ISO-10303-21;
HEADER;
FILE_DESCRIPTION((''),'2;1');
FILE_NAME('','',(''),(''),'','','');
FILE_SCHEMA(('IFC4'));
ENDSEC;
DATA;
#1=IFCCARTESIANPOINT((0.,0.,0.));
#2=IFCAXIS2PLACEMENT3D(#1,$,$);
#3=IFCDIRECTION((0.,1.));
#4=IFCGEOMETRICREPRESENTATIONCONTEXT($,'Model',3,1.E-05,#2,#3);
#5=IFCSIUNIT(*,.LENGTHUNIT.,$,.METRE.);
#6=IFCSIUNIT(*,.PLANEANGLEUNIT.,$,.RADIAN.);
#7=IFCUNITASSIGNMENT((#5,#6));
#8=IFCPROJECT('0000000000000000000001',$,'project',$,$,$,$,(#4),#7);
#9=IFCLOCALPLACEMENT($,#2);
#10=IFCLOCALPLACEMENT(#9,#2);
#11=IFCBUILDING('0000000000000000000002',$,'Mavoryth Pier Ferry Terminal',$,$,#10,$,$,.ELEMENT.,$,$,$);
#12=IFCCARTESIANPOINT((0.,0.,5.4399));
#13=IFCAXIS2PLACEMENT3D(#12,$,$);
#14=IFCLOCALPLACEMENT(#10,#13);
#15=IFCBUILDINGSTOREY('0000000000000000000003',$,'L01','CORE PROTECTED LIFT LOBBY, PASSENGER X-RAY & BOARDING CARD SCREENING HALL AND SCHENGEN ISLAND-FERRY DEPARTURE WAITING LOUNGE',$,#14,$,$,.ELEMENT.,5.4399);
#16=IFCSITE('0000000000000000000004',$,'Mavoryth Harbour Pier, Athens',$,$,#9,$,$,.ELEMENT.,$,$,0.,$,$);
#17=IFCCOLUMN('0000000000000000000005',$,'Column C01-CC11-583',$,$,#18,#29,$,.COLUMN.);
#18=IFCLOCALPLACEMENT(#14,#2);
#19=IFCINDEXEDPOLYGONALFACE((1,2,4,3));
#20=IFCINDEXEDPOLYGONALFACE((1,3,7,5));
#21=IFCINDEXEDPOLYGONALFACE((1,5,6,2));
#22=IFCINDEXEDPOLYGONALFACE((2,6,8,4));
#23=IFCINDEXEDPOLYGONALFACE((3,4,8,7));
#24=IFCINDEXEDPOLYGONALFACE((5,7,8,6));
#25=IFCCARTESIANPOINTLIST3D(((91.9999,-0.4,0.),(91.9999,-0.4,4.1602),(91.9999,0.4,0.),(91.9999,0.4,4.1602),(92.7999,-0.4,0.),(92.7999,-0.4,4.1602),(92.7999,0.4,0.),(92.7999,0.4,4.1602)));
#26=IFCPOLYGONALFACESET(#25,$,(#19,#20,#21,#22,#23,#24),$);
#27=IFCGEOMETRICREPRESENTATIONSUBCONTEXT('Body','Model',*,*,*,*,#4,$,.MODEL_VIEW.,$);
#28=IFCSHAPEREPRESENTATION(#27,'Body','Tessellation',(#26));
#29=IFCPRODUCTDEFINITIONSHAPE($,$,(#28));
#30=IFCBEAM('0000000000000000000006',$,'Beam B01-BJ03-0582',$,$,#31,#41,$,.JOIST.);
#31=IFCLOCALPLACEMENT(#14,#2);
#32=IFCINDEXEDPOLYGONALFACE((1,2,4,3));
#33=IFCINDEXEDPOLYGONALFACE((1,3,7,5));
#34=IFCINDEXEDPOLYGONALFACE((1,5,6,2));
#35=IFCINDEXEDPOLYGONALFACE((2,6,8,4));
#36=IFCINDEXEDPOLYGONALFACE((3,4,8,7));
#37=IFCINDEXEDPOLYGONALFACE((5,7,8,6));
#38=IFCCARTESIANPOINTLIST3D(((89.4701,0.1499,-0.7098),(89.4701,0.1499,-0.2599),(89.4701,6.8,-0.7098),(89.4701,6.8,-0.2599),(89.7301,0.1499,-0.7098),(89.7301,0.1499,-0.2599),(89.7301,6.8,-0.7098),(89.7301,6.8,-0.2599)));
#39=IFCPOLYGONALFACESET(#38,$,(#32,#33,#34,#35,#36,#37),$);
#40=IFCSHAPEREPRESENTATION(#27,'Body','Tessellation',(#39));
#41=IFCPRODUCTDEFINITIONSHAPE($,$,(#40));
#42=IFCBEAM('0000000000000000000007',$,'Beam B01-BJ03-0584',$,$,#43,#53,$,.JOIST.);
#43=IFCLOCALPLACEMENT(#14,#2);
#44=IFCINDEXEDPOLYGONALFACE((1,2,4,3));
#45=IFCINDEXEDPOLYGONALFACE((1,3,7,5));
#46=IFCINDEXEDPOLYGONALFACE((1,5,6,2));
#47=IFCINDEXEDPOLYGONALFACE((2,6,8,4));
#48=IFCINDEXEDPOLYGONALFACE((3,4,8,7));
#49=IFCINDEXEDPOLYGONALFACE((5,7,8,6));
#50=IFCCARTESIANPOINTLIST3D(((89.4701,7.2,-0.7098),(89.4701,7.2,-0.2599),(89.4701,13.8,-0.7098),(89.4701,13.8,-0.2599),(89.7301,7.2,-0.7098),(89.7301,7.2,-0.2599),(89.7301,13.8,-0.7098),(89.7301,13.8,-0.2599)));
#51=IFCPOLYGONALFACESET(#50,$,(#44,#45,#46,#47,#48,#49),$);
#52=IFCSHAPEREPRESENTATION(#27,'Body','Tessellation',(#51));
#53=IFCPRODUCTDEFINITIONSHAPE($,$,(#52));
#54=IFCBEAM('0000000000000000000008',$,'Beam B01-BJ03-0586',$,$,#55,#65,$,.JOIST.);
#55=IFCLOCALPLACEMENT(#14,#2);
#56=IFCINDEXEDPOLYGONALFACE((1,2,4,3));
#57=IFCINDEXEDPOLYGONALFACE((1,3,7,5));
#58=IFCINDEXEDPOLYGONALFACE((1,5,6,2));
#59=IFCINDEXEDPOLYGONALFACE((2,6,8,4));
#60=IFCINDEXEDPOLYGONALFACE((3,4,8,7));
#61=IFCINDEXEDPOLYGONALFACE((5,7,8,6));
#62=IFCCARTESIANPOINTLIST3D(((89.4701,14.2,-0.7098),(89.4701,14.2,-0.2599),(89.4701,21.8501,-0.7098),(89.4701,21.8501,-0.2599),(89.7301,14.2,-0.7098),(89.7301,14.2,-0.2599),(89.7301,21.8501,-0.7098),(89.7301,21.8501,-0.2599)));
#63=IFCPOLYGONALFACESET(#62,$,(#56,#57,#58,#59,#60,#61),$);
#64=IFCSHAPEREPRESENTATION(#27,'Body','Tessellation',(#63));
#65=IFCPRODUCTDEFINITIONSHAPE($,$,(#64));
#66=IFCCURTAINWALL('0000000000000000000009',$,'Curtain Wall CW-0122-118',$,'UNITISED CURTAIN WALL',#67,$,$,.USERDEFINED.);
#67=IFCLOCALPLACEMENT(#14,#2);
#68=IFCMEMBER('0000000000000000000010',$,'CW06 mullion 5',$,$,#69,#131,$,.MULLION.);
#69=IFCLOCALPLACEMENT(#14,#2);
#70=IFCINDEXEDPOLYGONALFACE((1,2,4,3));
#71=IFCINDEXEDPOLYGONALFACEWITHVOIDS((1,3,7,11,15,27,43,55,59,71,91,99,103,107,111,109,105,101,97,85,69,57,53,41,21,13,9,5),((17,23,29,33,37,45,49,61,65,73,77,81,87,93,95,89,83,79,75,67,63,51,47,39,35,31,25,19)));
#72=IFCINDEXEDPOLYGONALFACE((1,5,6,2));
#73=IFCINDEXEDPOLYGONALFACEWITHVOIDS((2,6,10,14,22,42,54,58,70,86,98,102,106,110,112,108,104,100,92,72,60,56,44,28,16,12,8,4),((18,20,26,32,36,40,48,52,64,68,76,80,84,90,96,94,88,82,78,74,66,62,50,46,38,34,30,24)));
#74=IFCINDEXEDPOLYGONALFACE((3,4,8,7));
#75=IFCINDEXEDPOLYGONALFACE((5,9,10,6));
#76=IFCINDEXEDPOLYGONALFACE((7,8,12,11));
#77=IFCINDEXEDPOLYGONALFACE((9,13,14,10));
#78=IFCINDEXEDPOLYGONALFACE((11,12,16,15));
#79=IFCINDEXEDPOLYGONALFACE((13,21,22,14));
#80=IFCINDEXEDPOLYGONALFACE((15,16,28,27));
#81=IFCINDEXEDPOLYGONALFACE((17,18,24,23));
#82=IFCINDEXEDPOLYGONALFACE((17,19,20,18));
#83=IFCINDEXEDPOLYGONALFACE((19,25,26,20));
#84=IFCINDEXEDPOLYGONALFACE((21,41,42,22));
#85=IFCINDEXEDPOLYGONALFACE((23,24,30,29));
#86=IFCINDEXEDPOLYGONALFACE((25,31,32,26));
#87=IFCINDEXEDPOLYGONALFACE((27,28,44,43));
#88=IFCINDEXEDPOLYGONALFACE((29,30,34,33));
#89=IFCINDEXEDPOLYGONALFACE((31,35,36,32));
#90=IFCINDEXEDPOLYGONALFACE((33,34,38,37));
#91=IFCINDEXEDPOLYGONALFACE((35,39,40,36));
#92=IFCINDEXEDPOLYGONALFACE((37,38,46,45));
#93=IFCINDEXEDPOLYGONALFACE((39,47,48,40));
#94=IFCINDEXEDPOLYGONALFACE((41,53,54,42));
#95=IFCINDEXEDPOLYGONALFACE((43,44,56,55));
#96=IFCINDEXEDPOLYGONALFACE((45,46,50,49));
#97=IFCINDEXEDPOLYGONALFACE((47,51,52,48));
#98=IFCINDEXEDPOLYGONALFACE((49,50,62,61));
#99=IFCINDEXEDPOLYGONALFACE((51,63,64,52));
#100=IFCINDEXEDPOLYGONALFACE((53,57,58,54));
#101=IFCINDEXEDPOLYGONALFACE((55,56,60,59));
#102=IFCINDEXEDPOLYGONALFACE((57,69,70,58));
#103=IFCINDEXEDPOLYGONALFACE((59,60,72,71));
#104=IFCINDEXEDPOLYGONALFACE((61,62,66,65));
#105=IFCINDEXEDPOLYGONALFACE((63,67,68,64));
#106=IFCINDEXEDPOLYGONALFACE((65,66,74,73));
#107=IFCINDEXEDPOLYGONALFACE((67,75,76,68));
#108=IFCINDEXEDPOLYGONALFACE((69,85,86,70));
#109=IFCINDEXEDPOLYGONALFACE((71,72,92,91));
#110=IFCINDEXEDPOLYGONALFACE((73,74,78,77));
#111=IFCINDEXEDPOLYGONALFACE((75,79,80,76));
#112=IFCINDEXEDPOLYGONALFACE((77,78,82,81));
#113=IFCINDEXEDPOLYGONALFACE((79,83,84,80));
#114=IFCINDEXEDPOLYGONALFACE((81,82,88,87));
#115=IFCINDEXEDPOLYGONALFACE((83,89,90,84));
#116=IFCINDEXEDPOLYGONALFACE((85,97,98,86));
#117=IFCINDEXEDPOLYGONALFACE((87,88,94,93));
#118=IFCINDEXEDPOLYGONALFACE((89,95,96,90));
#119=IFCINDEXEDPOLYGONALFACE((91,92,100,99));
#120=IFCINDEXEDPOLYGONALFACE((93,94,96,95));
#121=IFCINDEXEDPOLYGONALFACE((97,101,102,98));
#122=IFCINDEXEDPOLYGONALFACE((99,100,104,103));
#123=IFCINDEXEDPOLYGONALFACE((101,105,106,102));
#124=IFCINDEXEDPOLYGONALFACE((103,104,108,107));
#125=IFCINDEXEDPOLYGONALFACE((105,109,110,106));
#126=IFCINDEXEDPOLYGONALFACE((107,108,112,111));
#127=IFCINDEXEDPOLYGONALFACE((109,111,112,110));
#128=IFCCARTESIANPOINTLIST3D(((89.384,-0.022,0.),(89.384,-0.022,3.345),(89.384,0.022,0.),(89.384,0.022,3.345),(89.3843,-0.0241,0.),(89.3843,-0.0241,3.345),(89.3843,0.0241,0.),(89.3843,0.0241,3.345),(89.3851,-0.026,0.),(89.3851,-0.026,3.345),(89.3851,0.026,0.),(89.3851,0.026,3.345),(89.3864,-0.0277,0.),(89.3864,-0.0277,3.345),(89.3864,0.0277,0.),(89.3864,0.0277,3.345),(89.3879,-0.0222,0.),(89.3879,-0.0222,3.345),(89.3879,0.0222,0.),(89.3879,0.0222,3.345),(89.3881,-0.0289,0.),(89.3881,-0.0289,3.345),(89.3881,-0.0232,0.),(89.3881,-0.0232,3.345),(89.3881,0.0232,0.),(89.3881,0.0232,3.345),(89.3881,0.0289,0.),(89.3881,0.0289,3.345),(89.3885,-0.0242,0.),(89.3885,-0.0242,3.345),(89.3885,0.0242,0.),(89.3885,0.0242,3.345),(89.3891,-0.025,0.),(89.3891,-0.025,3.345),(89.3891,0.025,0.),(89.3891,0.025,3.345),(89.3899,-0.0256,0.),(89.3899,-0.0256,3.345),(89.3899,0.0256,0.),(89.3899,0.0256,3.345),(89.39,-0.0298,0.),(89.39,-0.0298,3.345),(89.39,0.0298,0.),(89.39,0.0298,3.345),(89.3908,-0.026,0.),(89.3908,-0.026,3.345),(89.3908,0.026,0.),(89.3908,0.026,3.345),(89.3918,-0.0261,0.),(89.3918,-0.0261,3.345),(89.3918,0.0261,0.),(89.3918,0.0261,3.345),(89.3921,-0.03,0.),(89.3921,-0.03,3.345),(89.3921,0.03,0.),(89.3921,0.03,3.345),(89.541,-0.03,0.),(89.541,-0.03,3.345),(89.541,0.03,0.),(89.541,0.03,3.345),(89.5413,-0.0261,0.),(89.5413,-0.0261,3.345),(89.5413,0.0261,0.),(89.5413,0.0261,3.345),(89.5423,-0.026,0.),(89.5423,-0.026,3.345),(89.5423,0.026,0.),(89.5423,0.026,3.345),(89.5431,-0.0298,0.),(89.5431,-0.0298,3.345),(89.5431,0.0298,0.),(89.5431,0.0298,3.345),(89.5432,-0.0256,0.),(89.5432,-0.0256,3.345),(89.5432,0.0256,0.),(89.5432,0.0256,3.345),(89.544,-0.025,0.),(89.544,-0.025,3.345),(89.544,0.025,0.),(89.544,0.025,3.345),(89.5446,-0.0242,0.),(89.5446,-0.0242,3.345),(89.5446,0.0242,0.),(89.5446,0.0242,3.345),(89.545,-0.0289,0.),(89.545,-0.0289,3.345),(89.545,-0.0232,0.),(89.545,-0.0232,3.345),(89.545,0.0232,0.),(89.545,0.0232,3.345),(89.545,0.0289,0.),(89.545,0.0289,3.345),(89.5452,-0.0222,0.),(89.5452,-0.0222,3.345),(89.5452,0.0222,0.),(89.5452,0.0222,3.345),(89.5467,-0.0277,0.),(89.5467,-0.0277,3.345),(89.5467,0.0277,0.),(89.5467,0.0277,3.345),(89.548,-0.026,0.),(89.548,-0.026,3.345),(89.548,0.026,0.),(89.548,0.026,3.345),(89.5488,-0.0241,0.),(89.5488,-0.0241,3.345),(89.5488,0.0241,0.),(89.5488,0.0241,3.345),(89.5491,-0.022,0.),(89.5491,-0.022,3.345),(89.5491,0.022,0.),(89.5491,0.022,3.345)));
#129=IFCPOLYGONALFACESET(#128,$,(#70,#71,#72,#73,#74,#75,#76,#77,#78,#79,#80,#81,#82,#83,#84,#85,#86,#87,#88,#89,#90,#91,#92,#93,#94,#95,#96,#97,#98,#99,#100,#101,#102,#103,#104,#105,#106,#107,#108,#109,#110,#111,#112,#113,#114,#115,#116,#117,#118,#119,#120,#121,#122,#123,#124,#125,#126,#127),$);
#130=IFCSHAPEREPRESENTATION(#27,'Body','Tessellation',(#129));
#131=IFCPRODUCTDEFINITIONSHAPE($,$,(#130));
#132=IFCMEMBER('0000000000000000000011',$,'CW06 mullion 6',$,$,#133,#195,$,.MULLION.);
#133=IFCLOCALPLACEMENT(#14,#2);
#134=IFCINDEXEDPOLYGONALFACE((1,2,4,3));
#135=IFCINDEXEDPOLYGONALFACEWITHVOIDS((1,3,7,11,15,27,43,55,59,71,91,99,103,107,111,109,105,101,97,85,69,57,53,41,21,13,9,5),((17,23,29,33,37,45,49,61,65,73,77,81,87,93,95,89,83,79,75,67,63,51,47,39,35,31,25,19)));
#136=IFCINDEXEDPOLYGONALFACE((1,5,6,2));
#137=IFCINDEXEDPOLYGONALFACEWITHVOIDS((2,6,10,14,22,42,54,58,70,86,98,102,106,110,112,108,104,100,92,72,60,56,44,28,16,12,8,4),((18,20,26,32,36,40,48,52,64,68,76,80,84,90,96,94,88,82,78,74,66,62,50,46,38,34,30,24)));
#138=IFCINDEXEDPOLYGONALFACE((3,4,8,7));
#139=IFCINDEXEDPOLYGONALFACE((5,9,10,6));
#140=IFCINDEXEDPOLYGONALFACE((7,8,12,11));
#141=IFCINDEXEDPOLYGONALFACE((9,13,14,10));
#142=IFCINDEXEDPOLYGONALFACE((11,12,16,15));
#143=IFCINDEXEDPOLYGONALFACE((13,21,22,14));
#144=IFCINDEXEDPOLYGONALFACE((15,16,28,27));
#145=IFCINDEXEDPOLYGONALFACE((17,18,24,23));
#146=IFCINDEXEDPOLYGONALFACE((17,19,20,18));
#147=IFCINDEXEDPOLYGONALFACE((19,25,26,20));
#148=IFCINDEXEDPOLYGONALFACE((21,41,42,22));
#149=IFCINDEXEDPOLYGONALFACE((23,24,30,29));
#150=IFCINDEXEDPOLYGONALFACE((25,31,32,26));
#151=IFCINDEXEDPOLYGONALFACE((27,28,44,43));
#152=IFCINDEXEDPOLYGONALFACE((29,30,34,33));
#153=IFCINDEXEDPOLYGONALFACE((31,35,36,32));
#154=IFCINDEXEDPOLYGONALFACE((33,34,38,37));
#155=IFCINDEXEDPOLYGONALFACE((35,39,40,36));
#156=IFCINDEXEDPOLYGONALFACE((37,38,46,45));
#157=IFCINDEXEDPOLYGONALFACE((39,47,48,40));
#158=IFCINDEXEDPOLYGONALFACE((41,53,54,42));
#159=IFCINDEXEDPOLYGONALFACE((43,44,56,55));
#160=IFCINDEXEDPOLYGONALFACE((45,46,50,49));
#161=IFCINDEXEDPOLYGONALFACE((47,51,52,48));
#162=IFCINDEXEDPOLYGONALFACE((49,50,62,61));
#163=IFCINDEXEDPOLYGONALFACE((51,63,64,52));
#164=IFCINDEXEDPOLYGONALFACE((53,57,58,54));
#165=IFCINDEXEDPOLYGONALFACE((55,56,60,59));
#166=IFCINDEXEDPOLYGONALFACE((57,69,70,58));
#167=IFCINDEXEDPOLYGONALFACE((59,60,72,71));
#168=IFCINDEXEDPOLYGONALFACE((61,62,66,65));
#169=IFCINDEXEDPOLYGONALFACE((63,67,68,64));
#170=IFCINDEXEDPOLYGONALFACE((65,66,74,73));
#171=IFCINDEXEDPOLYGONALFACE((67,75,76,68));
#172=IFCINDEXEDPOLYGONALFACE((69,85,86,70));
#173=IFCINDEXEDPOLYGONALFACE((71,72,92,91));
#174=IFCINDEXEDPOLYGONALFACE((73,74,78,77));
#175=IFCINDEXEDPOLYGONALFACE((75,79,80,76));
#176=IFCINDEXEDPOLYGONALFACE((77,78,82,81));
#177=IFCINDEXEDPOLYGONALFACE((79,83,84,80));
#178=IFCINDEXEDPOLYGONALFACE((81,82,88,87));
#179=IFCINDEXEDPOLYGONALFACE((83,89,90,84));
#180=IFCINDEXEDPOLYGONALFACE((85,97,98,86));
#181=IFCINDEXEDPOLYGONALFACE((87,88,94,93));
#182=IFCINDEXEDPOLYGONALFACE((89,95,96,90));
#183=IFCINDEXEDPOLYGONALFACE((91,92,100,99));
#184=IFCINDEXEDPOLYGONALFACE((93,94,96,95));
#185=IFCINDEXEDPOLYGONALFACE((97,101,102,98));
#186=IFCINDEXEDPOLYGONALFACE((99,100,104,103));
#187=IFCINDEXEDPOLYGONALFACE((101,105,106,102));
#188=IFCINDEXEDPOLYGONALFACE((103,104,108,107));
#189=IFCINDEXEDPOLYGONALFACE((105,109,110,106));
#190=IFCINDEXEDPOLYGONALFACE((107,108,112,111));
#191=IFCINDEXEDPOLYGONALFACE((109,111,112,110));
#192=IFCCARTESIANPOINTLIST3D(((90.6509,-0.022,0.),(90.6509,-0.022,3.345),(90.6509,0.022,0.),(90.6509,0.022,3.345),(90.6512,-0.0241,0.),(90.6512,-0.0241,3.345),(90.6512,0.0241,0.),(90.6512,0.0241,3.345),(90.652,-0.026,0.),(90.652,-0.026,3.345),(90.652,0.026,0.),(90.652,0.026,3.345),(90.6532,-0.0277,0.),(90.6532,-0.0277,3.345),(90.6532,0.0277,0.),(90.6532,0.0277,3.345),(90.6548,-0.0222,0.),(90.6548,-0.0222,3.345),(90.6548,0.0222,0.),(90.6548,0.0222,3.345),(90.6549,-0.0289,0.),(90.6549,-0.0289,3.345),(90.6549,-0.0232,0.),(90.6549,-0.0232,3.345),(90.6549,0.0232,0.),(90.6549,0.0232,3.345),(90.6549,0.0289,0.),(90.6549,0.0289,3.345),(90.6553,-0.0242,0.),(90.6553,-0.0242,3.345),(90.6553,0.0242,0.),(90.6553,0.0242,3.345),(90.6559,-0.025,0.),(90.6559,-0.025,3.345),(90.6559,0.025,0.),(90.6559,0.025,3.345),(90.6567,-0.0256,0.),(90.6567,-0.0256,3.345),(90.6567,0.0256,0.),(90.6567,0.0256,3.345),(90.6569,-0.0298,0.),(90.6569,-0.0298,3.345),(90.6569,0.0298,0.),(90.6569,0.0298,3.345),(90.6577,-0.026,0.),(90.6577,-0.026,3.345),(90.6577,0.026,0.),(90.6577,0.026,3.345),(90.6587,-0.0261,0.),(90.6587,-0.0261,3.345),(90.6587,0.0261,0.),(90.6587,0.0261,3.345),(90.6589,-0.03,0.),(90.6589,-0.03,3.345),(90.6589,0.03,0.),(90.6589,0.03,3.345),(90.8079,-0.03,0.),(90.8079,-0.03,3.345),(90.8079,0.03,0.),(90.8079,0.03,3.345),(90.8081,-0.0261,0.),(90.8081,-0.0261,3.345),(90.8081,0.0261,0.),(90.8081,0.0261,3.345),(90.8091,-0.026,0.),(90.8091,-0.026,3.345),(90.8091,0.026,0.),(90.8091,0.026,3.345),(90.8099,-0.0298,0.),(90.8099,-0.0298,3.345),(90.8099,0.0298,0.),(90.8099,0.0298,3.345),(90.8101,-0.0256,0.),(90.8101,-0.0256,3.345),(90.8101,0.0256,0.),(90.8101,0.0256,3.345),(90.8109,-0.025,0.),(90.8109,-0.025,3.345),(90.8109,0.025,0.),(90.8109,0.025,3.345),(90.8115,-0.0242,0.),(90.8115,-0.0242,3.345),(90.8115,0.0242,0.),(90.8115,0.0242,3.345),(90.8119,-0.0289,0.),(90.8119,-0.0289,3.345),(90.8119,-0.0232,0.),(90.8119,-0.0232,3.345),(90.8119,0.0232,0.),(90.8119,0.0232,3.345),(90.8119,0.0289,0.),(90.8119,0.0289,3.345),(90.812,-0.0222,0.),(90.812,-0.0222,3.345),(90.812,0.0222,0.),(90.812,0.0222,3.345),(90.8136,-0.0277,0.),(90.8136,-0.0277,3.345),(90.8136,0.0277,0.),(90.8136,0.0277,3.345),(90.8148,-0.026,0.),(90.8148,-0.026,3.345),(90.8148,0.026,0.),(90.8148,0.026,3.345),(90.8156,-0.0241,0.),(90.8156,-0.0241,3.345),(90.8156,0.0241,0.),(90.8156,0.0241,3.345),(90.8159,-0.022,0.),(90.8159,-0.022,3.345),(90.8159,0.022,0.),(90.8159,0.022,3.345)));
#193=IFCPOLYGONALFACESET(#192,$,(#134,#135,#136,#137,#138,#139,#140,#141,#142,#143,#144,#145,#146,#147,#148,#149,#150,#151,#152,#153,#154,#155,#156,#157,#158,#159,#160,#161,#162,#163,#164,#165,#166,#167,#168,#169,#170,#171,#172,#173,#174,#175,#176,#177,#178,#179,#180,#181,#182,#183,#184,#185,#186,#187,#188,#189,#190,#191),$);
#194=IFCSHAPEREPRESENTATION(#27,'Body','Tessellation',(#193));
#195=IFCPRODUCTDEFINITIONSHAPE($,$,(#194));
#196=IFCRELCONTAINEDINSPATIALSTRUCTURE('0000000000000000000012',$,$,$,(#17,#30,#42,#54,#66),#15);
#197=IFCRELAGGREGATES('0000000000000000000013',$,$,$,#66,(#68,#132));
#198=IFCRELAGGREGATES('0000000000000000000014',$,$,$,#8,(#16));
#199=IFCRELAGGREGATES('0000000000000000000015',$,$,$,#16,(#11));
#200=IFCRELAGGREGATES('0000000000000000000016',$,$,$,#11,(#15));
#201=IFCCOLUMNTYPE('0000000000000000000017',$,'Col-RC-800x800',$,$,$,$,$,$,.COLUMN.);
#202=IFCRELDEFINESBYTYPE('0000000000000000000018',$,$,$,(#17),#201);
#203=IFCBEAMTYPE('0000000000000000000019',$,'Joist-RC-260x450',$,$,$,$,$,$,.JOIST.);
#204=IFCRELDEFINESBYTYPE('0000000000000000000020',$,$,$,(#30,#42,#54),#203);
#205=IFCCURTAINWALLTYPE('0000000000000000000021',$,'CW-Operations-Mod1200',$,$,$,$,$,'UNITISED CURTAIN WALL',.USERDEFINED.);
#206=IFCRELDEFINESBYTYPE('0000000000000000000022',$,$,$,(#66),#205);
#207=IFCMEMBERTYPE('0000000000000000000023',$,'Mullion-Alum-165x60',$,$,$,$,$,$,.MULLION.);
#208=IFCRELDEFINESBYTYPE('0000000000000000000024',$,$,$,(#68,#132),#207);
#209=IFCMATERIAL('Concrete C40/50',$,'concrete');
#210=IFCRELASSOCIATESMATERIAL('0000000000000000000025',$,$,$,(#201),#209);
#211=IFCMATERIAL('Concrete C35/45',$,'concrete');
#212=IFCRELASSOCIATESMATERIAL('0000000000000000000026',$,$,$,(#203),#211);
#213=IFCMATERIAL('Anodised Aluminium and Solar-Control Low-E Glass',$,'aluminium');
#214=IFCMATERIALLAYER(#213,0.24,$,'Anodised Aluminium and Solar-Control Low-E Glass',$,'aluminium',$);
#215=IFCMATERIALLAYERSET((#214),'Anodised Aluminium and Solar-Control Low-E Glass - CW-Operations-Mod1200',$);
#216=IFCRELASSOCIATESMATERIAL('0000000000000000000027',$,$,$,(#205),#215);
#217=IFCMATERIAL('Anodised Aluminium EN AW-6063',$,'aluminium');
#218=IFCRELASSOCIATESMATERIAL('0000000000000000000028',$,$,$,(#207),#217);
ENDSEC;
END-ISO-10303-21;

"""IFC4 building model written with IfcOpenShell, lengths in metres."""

from ifc_helpers import new_model, si_unit, direction, frame, origin, origin_2d, place, context, subcontext, project, spatial, rectangle, hollow_rectangle, extrude, material, layer, layer_set, material_profile, profile_set, type_object, element, aggregate, save


model = new_model("IFC4")

# Units and contexts
model_context = context("Model", 3, precision=1e-05, world=origin(), true_north=direction((0.0, 1.0)))
body_context = subcontext(model_context, "Body", "Model", "MODEL_VIEW")
ifc_project = project(units=[si_unit("LENGTHUNIT", "METRE"), si_unit("PLANEANGLEUNIT", "RADIAN")], contexts=[model_context])

# Site, building, storey
site_placement = place(None, origin())
site = spatial("IfcSite", under=ifc_project, at=site_placement, Name="Mavoryth Harbour Pier, Athens", CompositionType="ELEMENT", RefElevation=0.0)
building_placement = place(site_placement, origin())
building = spatial("IfcBuilding", under=site, at=building_placement, Name="Mavoryth Pier Ferry Terminal", CompositionType="ELEMENT")
storey_placement = place(building_placement, frame((0.0, 0.0, 5.4399)))
storey = spatial("IfcBuildingStorey", under=building, at=storey_placement, Name="L01", Description="CORE PROTECTED LIFT LOBBY, PASSENGER X-RAY & BOARDING CARD SCREENING HALL AND SCHENGEN ISLAND-FERRY DEPARTURE WAITING LOUNGE", CompositionType="ELEMENT", Elevation=5.4399)

# Column
ifc_material_1 = material(Name="Concrete C40/50", Category="concrete")
ifc_material_profile_1 = material_profile(ifc_material_1, rectangle(XDim=0.8, YDim=0.8, at=origin_2d()), Name="RC 800x800", Category="concrete")
ifc_profile_set_1 = profile_set([ifc_material_profile_1], Name="Concrete C40/50 - RC 800x800")
column_type = type_object("IfcColumnType", Name="Col-RC-800x800", PredefinedType="COLUMN", material=ifc_profile_set_1)
column_placement = place(storey_placement, frame((92.3999, 0.0, 0.0), z_axis=(0.0, 0.0, 1.0), x_axis=(1.0, 0.0, 0.0)))
element("IfcColumn", 1, at=column_placement, inside=storey, type_object=column_type, Name="Column C01-CC11-583", PredefinedType="COLUMN", context=body_context, shape_type="SweptSolid", body=[
    extrude(rectangle(XDim=0.8, YDim=0.8, at=origin_2d()), origin(), (0.0, 0.0, 1.0), 4.1602),
])

# Beams
ifc_material_2 = material(Name="Concrete C35/45", Category="concrete")
ifc_material_profile_2 = material_profile(ifc_material_2, rectangle(XDim=0.26, YDim=0.45, at=origin_2d()), Name="RC 260x450", Category="concrete")
ifc_profile_set_2 = profile_set([ifc_material_profile_2], Name="Concrete C35/45 - RC 260x450")
beam_type = type_object("IfcBeamType", Name="Joist-RC-260x450", PredefinedType="JOIST", material=ifc_profile_set_2)
beam_1_placement = place(storey_placement, frame((89.6001, 0.1499, -0.4849), z_axis=(0.0, 1.0, 0.0), x_axis=(-1.0, 0.0, 0.0)))
element("IfcBeam", 2, at=beam_1_placement, inside=storey, type_object=beam_type, Name="Beam B01-BJ03-0582", PredefinedType="JOIST", context=body_context, shape_type="SweptSolid", body=[
    extrude(rectangle(XDim=0.26, YDim=0.45, at=origin_2d()), origin(), (0.0, 0.0, 1.0), 6.6501),
])
beam_2_placement = place(storey_placement, frame((89.6001, 7.2, -0.4849), z_axis=(0.0, 1.0, 0.0), x_axis=(-1.0, 0.0, 0.0)))
element("IfcBeam", 3, at=beam_2_placement, inside=storey, type_object=beam_type, Name="Beam B01-BJ03-0584", PredefinedType="JOIST", context=body_context, shape_type="SweptSolid", body=[
    extrude(rectangle(XDim=0.26, YDim=0.45, at=origin_2d()), origin(), (0.0, 0.0, 1.0), 6.6001),
])
beam_3_placement = place(storey_placement, frame((89.6001, 14.2, -0.4849), z_axis=(0.0, 1.0, 0.0), x_axis=(-1.0, 0.0, 0.0)))
element("IfcBeam", 4, at=beam_3_placement, inside=storey, type_object=beam_type, Name="Beam B01-BJ03-0586", PredefinedType="JOIST", context=body_context, shape_type="SweptSolid", body=[
    extrude(rectangle(XDim=0.26, YDim=0.45, at=origin_2d()), origin(), (0.0, 0.0, 1.0), 7.6501),
])

# Curtain wall, members
ifc_material_3 = material(Name="Anodised Aluminium and Solar-Control Low-E Glass", Category="aluminium")
ifc_layer_1 = layer(ifc_material_3, 0.24, Name="Anodised Aluminium and Solar-Control Low-E Glass", Category="aluminium")
ifc_layer_set_1 = layer_set([ifc_layer_1], Name="Anodised Aluminium and Solar-Control Low-E Glass - CW-Operations-Mod1200")
curtain_wall_type = type_object("IfcCurtainWallType", Name="CW-Operations-Mod1200", ElementType="UNITISED CURTAIN WALL", PredefinedType="USERDEFINED", material=ifc_layer_set_1)
curtain_wall_1_placement = place(storey_placement, origin())
curtain_wall_1 = element("IfcCurtainWall", 5, at=curtain_wall_1_placement, inside=storey, type_object=curtain_wall_type, Name="Curtain Wall CW-0122-118", ObjectType="UNITISED CURTAIN WALL", PredefinedType="USERDEFINED")
ifc_material_4 = material(Name="Anodised Aluminium EN AW-6063", Category="aluminium")
ifc_material_profile_3 = material_profile(ifc_material_4, hollow_rectangle(XDim=0.0601, YDim=0.165, WallThickness=0.0039, InnerFilletRadius=0.0039, OuterFilletRadius=0.0081, at=origin_2d()), Name="AL-MULL 165x60x4", Category="aluminium")
ifc_profile_set_3 = profile_set([ifc_material_profile_3], Name="Anodised Aluminium EN AW-6063 - AL-MULL 165x60x4")
member_type_1 = type_object("IfcMemberType", Name="Mullion-Alum-165x60", PredefinedType="MULLION", material=ifc_profile_set_3)
member_1_placement = place(storey_placement, frame((89.4666, 0.0, 0.0), z_axis=(0.0, 0.0, 1.0), x_axis=(0.0, 1.0, 0.0)))
member_1 = element("IfcMember", 6, at=member_1_placement, type_object=member_type_1, Name="CW06 mullion 5", PredefinedType="MULLION", context=body_context, shape_type="SweptSolid", body=[
    extrude(hollow_rectangle(XDim=0.0601, YDim=0.165, WallThickness=0.0039, InnerFilletRadius=0.0039, OuterFilletRadius=0.0081, at=origin_2d()), origin(), (0.0, 0.0, 1.0), 3.345),
])
member_2_placement = place(storey_placement, frame((90.7334, 0.0, 0.0), z_axis=(0.0, 0.0, 1.0), x_axis=(0.0, 1.0, 0.0)))
member_2 = element("IfcMember", 7, at=member_2_placement, type_object=member_type_1, Name="CW06 mullion 6", PredefinedType="MULLION", context=body_context, shape_type="SweptSolid", body=[
    extrude(hollow_rectangle(XDim=0.0601, YDim=0.165, WallThickness=0.0039, InnerFilletRadius=0.0039, OuterFilletRadius=0.0081, at=origin_2d()), origin(), (0.0, 0.0, 1.0), 3.345),
])

aggregate(curtain_wall_1, [member_1, member_2])

save(model, "model.ifc")
